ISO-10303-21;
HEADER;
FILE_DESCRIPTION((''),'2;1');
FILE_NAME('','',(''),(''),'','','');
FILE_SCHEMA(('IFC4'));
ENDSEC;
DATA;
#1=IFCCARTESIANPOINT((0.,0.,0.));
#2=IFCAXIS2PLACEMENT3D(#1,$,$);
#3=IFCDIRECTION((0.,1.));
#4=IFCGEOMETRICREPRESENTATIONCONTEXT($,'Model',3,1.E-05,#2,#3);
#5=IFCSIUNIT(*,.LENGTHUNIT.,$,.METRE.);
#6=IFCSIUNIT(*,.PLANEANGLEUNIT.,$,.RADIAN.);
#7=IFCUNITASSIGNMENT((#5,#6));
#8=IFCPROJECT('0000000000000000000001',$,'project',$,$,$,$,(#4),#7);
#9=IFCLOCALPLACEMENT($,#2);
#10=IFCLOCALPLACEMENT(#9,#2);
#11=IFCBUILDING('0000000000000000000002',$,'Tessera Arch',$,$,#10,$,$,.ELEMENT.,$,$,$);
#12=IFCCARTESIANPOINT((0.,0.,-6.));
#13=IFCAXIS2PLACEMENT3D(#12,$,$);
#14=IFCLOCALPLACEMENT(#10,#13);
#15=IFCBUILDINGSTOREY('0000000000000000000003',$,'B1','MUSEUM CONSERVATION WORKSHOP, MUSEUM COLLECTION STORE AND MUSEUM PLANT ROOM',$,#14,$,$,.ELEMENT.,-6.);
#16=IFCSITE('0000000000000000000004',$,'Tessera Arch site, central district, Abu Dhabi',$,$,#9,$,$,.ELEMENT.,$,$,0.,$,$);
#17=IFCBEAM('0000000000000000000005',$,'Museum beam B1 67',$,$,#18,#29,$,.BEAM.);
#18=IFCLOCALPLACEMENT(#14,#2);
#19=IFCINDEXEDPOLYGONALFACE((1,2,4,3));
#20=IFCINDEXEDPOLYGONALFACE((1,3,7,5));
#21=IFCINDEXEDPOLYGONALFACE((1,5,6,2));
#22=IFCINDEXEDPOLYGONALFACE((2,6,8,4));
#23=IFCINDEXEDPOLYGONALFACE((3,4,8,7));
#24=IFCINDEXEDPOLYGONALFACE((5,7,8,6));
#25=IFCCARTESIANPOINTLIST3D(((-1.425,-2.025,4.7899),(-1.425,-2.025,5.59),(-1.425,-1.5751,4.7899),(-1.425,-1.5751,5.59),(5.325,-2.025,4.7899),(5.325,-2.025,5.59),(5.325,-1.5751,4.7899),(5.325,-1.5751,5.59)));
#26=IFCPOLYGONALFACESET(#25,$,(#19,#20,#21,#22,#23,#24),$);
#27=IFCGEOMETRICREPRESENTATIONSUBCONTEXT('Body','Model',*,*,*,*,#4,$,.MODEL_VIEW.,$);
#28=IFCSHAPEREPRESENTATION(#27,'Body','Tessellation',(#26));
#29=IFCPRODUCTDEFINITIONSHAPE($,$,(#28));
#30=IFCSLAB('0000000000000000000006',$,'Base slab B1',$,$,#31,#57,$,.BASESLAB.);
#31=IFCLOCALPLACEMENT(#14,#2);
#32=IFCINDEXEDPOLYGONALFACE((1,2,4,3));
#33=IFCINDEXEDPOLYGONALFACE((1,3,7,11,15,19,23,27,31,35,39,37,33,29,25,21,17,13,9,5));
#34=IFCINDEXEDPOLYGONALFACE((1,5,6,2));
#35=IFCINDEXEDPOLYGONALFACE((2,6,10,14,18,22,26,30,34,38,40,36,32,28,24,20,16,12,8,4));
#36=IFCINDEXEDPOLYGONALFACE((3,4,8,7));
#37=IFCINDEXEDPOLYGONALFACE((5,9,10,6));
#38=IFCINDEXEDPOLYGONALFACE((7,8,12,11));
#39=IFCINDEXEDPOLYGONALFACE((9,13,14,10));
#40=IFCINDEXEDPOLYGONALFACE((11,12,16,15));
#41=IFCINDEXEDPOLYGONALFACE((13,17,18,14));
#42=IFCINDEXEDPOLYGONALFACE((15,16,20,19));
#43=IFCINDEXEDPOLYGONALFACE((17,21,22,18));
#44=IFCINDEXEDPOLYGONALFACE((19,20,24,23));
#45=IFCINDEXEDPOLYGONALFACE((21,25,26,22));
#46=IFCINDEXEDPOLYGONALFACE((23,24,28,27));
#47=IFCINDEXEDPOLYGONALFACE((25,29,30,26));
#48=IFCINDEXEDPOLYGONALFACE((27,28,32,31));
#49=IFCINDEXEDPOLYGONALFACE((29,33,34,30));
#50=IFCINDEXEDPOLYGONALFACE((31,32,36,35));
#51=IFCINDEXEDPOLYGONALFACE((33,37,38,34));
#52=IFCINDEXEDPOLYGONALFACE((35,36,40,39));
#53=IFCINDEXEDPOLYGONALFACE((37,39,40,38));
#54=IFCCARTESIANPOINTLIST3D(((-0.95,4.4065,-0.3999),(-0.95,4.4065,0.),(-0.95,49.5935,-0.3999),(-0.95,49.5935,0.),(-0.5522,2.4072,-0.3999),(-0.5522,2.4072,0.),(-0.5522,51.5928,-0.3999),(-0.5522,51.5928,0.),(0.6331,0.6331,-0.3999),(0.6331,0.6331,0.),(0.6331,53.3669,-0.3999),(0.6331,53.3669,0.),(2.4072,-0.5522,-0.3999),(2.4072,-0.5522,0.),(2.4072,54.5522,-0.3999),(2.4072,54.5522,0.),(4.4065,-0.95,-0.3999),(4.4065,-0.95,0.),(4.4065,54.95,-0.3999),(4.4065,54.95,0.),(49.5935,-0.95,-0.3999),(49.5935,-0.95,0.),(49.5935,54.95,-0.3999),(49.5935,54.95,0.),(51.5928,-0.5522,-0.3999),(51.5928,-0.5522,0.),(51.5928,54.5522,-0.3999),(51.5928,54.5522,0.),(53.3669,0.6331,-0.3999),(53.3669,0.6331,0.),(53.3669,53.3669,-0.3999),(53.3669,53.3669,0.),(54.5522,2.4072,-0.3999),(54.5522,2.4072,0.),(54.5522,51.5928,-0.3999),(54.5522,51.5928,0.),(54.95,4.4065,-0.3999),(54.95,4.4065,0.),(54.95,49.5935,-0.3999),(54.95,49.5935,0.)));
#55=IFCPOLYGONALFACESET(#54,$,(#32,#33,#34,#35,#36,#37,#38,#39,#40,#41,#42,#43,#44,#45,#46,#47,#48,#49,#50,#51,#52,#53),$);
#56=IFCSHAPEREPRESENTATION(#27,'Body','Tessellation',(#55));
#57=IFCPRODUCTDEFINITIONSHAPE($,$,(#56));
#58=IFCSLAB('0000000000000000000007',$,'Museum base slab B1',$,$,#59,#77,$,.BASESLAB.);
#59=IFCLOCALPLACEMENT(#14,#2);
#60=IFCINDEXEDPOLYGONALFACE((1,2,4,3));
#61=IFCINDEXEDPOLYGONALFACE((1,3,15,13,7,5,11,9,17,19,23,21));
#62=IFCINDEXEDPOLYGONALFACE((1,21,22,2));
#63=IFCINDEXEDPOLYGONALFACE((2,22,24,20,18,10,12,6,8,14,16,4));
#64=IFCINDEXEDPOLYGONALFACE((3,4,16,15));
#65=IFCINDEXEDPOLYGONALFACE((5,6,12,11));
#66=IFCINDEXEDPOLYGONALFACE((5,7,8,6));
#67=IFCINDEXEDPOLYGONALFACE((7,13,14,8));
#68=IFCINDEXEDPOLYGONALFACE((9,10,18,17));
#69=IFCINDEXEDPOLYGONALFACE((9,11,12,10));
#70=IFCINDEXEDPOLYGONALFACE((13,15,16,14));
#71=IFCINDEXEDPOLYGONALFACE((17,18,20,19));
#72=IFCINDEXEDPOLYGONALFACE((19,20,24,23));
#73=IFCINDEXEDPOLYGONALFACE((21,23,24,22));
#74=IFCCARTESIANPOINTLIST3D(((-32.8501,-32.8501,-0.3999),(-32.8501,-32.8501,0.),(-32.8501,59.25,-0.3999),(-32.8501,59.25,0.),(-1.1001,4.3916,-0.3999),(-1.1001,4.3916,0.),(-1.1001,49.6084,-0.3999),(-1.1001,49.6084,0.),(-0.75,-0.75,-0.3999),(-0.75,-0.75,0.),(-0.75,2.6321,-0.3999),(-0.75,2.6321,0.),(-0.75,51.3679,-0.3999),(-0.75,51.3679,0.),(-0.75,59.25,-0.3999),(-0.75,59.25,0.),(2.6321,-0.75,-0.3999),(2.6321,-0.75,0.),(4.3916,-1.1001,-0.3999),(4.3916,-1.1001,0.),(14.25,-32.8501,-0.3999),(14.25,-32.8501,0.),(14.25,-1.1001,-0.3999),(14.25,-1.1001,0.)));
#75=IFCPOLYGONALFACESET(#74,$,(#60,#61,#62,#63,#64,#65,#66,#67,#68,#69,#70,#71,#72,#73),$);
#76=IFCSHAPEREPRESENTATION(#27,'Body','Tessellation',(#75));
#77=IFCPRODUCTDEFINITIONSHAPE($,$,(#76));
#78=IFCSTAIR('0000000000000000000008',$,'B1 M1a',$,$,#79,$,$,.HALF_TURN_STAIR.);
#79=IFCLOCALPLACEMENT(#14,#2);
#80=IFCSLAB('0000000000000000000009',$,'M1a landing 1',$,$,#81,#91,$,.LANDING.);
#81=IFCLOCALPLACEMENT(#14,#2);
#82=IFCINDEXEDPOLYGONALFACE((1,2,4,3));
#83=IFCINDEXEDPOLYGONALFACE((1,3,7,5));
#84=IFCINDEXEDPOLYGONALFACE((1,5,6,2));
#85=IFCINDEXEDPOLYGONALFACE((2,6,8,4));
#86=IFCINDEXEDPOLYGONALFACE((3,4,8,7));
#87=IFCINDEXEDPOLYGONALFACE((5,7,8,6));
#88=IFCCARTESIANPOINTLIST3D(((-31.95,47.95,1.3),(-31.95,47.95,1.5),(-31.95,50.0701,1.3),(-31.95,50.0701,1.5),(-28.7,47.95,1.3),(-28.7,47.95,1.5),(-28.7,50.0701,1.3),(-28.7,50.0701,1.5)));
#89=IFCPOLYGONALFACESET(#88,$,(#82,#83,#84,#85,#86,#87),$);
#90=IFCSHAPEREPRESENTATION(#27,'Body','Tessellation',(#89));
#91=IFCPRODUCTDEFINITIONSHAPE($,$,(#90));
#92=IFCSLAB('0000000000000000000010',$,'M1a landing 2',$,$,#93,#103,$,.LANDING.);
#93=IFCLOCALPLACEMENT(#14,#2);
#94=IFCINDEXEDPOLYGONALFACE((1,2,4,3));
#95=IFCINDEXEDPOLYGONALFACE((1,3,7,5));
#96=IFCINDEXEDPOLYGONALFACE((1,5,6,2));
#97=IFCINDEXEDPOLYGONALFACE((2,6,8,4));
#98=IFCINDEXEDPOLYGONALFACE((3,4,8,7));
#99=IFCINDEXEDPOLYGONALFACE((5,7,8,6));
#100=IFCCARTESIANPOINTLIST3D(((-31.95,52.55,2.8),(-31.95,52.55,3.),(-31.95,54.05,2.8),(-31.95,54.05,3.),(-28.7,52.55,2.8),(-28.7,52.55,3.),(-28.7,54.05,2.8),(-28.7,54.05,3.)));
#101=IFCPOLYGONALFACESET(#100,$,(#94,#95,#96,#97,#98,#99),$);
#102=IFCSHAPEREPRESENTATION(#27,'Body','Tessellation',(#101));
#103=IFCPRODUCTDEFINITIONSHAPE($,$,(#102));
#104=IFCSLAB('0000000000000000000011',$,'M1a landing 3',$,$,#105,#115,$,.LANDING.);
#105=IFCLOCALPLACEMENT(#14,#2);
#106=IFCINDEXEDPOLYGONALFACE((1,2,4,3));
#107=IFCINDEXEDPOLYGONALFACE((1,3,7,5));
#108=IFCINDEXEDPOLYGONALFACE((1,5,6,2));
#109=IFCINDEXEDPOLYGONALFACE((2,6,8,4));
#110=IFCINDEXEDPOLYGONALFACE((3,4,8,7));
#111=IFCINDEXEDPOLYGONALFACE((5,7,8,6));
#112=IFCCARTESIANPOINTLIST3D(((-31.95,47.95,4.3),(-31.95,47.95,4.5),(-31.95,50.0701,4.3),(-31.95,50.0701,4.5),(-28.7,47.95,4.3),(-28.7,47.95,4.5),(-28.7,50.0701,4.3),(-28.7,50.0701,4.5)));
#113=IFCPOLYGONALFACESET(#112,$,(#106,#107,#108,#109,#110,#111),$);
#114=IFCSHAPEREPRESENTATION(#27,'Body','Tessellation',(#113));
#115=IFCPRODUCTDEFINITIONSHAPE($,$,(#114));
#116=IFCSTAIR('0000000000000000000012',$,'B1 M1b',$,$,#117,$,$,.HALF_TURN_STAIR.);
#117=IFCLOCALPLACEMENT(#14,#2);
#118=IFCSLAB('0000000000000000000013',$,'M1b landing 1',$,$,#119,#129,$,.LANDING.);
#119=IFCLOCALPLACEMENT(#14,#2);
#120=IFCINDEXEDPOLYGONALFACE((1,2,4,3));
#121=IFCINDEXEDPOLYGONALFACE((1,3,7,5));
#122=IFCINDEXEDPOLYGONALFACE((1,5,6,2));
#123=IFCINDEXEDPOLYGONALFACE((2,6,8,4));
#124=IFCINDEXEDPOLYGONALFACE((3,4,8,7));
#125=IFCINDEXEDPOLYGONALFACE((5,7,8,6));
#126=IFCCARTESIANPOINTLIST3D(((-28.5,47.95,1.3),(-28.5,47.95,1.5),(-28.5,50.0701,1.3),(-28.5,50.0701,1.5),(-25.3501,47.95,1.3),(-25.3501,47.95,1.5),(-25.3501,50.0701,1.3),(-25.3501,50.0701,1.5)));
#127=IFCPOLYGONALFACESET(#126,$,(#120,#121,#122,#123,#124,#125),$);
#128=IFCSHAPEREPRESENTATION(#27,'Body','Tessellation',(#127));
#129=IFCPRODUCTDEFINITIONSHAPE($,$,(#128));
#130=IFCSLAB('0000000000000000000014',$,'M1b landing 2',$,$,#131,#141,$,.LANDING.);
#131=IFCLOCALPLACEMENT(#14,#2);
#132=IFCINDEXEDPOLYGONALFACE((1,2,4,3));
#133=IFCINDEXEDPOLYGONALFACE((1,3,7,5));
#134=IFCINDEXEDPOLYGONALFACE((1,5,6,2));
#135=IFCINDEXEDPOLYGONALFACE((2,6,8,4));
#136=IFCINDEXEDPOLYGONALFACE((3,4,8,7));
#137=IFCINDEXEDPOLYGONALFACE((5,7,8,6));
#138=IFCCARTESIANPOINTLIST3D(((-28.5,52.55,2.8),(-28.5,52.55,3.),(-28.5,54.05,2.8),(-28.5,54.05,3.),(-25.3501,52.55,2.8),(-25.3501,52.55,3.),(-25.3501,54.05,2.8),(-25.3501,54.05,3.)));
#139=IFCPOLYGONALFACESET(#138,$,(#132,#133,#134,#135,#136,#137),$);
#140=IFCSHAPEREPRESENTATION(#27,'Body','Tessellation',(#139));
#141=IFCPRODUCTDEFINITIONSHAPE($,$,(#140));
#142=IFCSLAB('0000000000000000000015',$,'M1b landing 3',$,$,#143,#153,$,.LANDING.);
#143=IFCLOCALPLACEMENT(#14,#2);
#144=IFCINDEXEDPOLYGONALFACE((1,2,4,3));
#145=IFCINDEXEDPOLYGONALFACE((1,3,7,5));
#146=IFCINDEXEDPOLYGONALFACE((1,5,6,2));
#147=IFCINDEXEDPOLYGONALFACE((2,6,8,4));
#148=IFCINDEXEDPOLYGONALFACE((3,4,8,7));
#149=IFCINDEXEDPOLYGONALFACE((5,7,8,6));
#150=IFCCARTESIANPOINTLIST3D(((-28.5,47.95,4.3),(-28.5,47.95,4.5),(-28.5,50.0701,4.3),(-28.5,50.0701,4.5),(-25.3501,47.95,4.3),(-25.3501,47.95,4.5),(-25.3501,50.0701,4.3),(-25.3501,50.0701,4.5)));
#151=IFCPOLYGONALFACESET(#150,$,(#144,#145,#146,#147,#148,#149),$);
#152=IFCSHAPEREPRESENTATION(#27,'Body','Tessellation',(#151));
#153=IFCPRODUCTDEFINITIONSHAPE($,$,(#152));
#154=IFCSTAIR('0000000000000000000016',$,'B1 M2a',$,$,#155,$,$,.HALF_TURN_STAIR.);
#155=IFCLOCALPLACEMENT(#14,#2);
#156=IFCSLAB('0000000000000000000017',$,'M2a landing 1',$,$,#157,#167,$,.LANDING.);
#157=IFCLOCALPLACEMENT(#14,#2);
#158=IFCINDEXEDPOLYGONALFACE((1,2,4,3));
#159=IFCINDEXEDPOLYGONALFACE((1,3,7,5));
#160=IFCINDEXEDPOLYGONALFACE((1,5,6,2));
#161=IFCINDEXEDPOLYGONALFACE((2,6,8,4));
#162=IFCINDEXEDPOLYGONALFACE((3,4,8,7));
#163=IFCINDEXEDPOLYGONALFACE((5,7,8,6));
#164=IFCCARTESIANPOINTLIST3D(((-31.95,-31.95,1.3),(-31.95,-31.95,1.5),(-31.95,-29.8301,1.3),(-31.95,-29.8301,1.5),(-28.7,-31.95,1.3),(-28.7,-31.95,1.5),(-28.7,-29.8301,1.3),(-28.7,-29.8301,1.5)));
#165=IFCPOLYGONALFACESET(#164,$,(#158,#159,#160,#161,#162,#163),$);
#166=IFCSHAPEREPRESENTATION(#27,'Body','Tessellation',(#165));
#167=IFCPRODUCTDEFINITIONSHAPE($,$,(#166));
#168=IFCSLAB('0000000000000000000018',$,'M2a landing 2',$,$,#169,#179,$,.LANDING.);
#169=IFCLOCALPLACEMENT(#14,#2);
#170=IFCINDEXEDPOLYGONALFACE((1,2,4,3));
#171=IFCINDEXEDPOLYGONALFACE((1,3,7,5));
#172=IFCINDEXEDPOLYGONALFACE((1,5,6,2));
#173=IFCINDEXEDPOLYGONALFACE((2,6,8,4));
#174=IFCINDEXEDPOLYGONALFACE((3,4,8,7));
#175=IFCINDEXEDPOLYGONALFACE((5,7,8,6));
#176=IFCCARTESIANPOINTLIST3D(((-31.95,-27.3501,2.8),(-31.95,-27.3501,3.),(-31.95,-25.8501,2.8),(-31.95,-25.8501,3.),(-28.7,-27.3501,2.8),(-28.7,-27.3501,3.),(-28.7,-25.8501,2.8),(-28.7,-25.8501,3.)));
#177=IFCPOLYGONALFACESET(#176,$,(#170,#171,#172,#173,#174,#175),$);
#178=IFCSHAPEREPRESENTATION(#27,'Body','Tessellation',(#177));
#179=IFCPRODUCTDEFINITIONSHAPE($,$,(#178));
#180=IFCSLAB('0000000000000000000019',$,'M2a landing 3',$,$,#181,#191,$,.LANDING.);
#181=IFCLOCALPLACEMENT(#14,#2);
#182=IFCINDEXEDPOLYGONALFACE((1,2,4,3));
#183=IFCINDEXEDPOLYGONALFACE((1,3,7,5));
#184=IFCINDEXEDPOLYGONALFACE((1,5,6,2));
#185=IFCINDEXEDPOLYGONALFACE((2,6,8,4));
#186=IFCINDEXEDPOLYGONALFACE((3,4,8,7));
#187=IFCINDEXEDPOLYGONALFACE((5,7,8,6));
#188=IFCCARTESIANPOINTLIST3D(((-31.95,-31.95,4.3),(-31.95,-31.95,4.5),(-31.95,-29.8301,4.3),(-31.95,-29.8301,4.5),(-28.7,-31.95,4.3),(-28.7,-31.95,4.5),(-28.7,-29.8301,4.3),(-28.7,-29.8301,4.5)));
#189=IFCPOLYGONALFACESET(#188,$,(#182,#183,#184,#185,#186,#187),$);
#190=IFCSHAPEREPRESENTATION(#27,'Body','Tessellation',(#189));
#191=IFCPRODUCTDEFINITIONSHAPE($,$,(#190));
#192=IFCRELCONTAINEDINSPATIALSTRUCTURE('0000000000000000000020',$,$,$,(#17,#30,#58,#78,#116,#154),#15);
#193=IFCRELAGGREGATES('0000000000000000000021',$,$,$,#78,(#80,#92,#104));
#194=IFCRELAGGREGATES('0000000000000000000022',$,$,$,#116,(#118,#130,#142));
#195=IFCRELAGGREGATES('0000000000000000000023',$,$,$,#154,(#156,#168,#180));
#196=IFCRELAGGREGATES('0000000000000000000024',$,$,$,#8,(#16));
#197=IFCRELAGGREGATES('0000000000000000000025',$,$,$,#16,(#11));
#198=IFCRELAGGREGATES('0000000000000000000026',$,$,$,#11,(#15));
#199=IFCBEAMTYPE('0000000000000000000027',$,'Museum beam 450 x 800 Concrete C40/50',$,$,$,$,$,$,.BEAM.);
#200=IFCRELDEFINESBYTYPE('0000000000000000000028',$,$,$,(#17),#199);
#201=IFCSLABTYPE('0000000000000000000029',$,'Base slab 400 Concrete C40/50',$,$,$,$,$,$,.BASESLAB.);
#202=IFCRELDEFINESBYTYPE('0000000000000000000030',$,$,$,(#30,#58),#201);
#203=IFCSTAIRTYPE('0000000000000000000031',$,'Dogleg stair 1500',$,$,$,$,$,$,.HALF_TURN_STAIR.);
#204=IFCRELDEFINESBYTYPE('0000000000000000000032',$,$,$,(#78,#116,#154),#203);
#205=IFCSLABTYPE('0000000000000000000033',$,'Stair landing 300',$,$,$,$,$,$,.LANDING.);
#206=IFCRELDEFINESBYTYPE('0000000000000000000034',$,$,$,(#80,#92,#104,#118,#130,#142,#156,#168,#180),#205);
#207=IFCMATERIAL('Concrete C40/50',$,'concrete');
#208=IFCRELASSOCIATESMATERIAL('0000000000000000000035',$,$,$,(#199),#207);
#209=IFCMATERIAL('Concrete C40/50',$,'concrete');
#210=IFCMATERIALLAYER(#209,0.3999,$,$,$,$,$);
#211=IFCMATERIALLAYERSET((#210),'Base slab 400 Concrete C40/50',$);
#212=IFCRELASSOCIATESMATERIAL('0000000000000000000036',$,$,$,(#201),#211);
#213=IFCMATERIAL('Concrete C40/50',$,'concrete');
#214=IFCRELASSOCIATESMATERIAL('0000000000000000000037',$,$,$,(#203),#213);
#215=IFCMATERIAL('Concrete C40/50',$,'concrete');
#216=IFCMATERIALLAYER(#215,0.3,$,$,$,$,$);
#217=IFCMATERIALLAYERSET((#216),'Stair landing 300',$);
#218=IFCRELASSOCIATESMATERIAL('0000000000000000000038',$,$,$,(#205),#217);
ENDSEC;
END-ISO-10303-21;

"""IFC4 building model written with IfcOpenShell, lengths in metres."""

from ifc_helpers import new_model, si_unit, direction, frame, origin, origin_2d, place, context, subcontext, project, spatial, polyline, rectangle, outline, extrude, material, layer, layer_set, material_profile, profile_set, type_object, element, aggregate, save


model = new_model("IFC4")

# Units and contexts
model_context = context("Model", 3, precision=1e-05, world=origin(), true_north=direction((0.0, 1.0)))
body_context = subcontext(model_context, "Body", "Model", "MODEL_VIEW")
ifc_project = project(units=[si_unit("LENGTHUNIT", "METRE"), si_unit("PLANEANGLEUNIT", "RADIAN")], contexts=[model_context])

# Site, building, storey
site_placement = place(None, origin())
site = spatial("IfcSite", under=ifc_project, at=site_placement, Name="Tessera Arch site, central district, Abu Dhabi", CompositionType="ELEMENT", RefElevation=0.0)
building_placement = place(site_placement, origin())
building = spatial("IfcBuilding", under=site, at=building_placement, Name="Tessera Arch", CompositionType="ELEMENT")
storey_placement = place(building_placement, frame((0.0, 0.0, -6.0)))
storey = spatial("IfcBuildingStorey", under=building, at=storey_placement, Name="B1", Description="MUSEUM CONSERVATION WORKSHOP, MUSEUM COLLECTION STORE AND MUSEUM PLANT ROOM", CompositionType="ELEMENT", Elevation=-6.0)

# Beam
ifc_material_1 = material(Name="Concrete C40/50", Category="concrete")
ifc_material_profile = material_profile(ifc_material_1, rectangle(XDim=0.45, YDim=0.8, at=origin_2d()), Name="Museum beam 450 x 800 Concrete C40/50")
ifc_profile_set = profile_set([ifc_material_profile], Name="Concrete C40/50")
beam_type = type_object("IfcBeamType", Name="Museum beam 450 x 800 Concrete C40/50", PredefinedType="BEAM", material=ifc_profile_set)
for number, where, z_axis, x_axis, name in (
    (1, (-1.425, -1.8, 5.1899), (1.0, 0.0, 0.0), (0.0, 1.0, 0.0), "Museum beam B1 67"),
):
    element("IfcBeam", number, at=place(storey_placement, frame(where, z_axis=z_axis, x_axis=x_axis)), inside=storey, type_object=beam_type, Name=name, PredefinedType="BEAM", context=body_context, shape_type="SweptSolid", body=[
        extrude(rectangle(XDim=0.45, YDim=0.8, at=origin_2d()), origin(), (0.0, 0.0, 1.0), 6.75),
    ])

# Slabs
ifc_material_2 = material(Name="Concrete C40/50", Category="concrete")
ifc_layer_1 = layer(ifc_material_2, 0.3999)
ifc_layer_set_1 = layer_set([ifc_layer_1], Name="Base slab 400 Concrete C40/50")
slab_type_1 = type_object("IfcSlabType", Name="Base slab 400 Concrete C40/50", PredefinedType="BASESLAB", material=ifc_layer_set_1)
slab_1_placement = place(storey_placement, frame((0.0, 0.0, -0.3999)))
element("IfcSlab", 2, at=slab_1_placement, inside=storey, type_object=slab_type_1, Name="Base slab B1", PredefinedType="BASESLAB", context=body_context, shape_type="SweptSolid", body=[
    extrude(outline(polyline([(54.95, 4.4065), (54.5522, 2.4072), (53.3669, 0.6331), (51.5928, -0.5522), (49.5935, -0.95), (4.4065, -0.95), (2.4072, -0.5522), (0.6331, 0.6331), (-0.5522, 2.4072), (-0.95, 4.4065), (-0.95, 49.5935), (-0.5522, 51.5928), (0.6331, 53.3669), (2.4072, 54.5522), (4.4065, 54.95), (49.5935, 54.95), (51.5928, 54.5522), (53.3669, 53.3669), (54.5522, 51.5928), (54.95, 49.5935), (54.95, 4.4065)])), origin(), (0.0, 0.0, 1.0), 0.3999),
])
slab_2_placement = place(storey_placement, frame((0.0, 0.0, -0.3999)))
element("IfcSlab", 3, at=slab_2_placement, inside=storey, type_object=slab_type_1, Name="Museum base slab B1", PredefinedType="BASESLAB", context=body_context, shape_type="SweptSolid", body=[
    extrude(outline(polyline([(-32.8501, 59.25), (-0.75, 59.25), (-0.75, 51.3679), (-1.1001, 49.6084), (-1.1001, 4.3916), (-0.75, 2.6321), (-0.75, -0.75), (2.6321, -0.75), (4.3916, -1.1001), (14.25, -1.1001), (14.25, -32.8501), (-32.8501, -32.8501), (-32.8501, 59.25)])), origin(), (0.0, 0.0, 1.0), 0.3999),
])

# Stairs, slabs
ifc_material_3 = material(Name="Concrete C40/50", Category="concrete")
stair_type = type_object("IfcStairType", Name="Dogleg stair 1500", PredefinedType="HALF_TURN_STAIR", material=ifc_material_3)
stair_1_placement = place(storey_placement, origin())
stair_1 = element("IfcStair", 4, at=stair_1_placement, inside=storey, type_object=stair_type, Name="B1 M1a", PredefinedType="HALF_TURN_STAIR")
ifc_material_4 = material(Name="Concrete C40/50", Category="concrete")
ifc_layer_2 = layer(ifc_material_4, 0.3)
ifc_layer_set_2 = layer_set([ifc_layer_2], Name="Stair landing 300")
slab_type_2 = type_object("IfcSlabType", Name="Stair landing 300", PredefinedType="LANDING", material=ifc_layer_set_2)
slab_3_placement = place(storey_placement, frame((0.0, 0.0, 1.3)))
slab_3 = element("IfcSlab", 5, at=slab_3_placement, type_object=slab_type_2, Name="M1a landing 1", PredefinedType="LANDING", context=body_context, shape_type="SweptSolid", body=[
    extrude(outline(polyline([(-31.95, 50.0701), (-31.95, 47.95), (-28.7, 47.95), (-28.7, 50.0701), (-31.95, 50.0701)])), origin(), (0.0, 0.0, 1.0), 0.2),
])
slab_4_placement = place(storey_placement, frame((0.0, 0.0, 2.8)))
slab_4 = element("IfcSlab", 6, at=slab_4_placement, type_object=slab_type_2, Name="M1a landing 2", PredefinedType="LANDING", context=body_context, shape_type="SweptSolid", body=[
    extrude(outline(polyline([(-31.95, 54.05), (-31.95, 52.55), (-28.7, 52.55), (-28.7, 54.05), (-31.95, 54.05)])), origin(), (0.0, 0.0, 1.0), 0.2),
])
slab_5_placement = place(storey_placement, frame((0.0, 0.0, 4.3)))
slab_5 = element("IfcSlab", 7, at=slab_5_placement, type_object=slab_type_2, Name="M1a landing 3", PredefinedType="LANDING", context=body_context, shape_type="SweptSolid", body=[
    extrude(outline(polyline([(-31.95, 50.0701), (-31.95, 47.95), (-28.7, 47.95), (-28.7, 50.0701), (-31.95, 50.0701)])), origin(), (0.0, 0.0, 1.0), 0.2),
])
aggregate(stair_1, [slab_3, slab_4, slab_5])
stair_2_placement = place(storey_placement, origin())
stair_2 = element("IfcStair", 8, at=stair_2_placement, inside=storey, type_object=stair_type, Name="B1 M1b", PredefinedType="HALF_TURN_STAIR")
slab_6_placement = place(storey_placement, frame((0.0, 0.0, 1.3)))
slab_6 = element("IfcSlab", 9, at=slab_6_placement, type_object=slab_type_2, Name="M1b landing 1", PredefinedType="LANDING", context=body_context, shape_type="SweptSolid", body=[
    extrude(outline(polyline([(-28.5, 50.0701), (-28.5, 47.95), (-25.3501, 47.95), (-25.3501, 50.0701), (-28.5, 50.0701)])), origin(), (0.0, 0.0, 1.0), 0.2),
])
slab_7_placement = place(storey_placement, frame((0.0, 0.0, 2.8)))
slab_7 = element("IfcSlab", 10, at=slab_7_placement, type_object=slab_type_2, Name="M1b landing 2", PredefinedType="LANDING", context=body_context, shape_type="SweptSolid", body=[
    extrude(outline(polyline([(-28.5, 54.05), (-28.5, 52.55), (-25.3501, 52.55), (-25.3501, 54.05), (-28.5, 54.05)])), origin(), (0.0, 0.0, 1.0), 0.2),
])
slab_8_placement = place(storey_placement, frame((0.0, 0.0, 4.3)))
slab_8 = element("IfcSlab", 11, at=slab_8_placement, type_object=slab_type_2, Name="M1b landing 3", PredefinedType="LANDING", context=body_context, shape_type="SweptSolid", body=[
    extrude(outline(polyline([(-28.5, 50.0701), (-28.5, 47.95), (-25.3501, 47.95), (-25.3501, 50.0701), (-28.5, 50.0701)])), origin(), (0.0, 0.0, 1.0), 0.2),
])
aggregate(stair_2, [slab_6, slab_7, slab_8])
stair_3_placement = place(storey_placement, origin())
stair_3 = element("IfcStair", 12, at=stair_3_placement, inside=storey, type_object=stair_type, Name="B1 M2a", PredefinedType="HALF_TURN_STAIR")
slab_9_placement = place(storey_placement, frame((0.0, 0.0, 1.3)))
slab_9 = element("IfcSlab", 13, at=slab_9_placement, type_object=slab_type_2, Name="M2a landing 1", PredefinedType="LANDING", context=body_context, shape_type="SweptSolid", body=[
    extrude(outline(polyline([(-31.95, -29.8301), (-31.95, -31.95), (-28.7, -31.95), (-28.7, -29.8301), (-31.95, -29.8301)])), origin(), (0.0, 0.0, 1.0), 0.2),
])
slab_10_placement = place(storey_placement, frame((0.0, 0.0, 2.8)))
slab_10 = element("IfcSlab", 14, at=slab_10_placement, type_object=slab_type_2, Name="M2a landing 2", PredefinedType="LANDING", context=body_context, shape_type="SweptSolid", body=[
    extrude(outline(polyline([(-31.95, -25.8501), (-31.95, -27.3501), (-28.7, -27.3501), (-28.7, -25.8501), (-31.95, -25.8501)])), origin(), (0.0, 0.0, 1.0), 0.2),
])
slab_11_placement = place(storey_placement, frame((0.0, 0.0, 4.3)))
slab_11 = element("IfcSlab", 15, at=slab_11_placement, type_object=slab_type_2, Name="M2a landing 3", PredefinedType="LANDING", context=body_context, shape_type="SweptSolid", body=[
    extrude(outline(polyline([(-31.95, -29.8301), (-31.95, -31.95), (-28.7, -31.95), (-28.7, -29.8301), (-31.95, -29.8301)])), origin(), (0.0, 0.0, 1.0), 0.2),
])
aggregate(stair_3, [slab_9, slab_10, slab_11])

save(model, "model.ifc")
